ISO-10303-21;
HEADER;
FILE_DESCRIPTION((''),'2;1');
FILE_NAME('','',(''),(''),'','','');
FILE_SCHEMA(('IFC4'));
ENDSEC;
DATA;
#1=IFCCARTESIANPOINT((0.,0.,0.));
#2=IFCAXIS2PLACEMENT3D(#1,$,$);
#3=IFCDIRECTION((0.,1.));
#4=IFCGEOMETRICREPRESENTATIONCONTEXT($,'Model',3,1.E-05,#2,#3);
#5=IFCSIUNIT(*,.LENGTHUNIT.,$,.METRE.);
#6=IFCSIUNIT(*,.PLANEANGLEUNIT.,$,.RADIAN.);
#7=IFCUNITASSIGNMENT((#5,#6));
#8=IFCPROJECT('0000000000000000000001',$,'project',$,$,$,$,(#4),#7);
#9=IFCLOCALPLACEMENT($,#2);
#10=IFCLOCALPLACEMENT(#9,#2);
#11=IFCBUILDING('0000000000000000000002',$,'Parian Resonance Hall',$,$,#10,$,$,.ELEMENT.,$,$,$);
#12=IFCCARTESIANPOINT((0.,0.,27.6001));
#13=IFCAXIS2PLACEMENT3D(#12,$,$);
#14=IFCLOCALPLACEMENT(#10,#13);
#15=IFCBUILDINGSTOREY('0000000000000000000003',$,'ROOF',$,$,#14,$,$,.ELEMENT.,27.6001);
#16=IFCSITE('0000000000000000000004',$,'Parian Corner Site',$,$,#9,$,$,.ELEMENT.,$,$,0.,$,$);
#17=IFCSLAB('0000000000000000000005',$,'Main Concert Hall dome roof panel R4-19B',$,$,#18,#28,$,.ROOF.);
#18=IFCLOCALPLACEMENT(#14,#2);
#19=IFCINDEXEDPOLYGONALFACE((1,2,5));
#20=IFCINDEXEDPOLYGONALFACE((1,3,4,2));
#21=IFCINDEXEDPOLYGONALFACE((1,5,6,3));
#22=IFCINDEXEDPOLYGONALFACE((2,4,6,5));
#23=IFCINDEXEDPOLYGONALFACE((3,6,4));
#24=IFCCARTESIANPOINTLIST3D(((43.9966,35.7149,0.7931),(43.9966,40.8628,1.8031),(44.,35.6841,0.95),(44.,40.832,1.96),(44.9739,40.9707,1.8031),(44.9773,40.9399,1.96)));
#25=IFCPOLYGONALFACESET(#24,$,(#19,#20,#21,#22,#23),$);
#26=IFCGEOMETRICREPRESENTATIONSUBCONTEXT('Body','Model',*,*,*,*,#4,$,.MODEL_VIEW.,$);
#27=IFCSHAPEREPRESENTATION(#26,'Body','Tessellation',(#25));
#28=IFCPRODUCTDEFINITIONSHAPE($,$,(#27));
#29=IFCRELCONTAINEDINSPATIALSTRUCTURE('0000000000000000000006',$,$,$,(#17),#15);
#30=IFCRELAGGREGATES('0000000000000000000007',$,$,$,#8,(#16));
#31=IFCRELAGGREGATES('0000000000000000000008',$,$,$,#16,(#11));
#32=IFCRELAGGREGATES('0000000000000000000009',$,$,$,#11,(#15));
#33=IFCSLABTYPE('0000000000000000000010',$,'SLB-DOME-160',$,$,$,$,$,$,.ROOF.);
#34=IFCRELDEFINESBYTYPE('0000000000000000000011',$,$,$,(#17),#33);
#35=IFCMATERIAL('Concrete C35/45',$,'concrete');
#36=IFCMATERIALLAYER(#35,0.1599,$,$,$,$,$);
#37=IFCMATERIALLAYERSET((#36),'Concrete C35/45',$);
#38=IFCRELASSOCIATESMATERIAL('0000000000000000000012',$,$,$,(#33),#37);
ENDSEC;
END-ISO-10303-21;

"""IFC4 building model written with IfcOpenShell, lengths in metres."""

from ifc_helpers import new_model, si_unit, direction, frame, origin, place, context, subcontext, project, spatial, polyline, outline, extrude, material, layer, layer_set, type_object, element, save


model = new_model("IFC4")

# Units and contexts
model_context = context("Model", 3, precision=1e-05, world=origin(), true_north=direction((0.0, 1.0)))
body_context = subcontext(model_context, "Body", "Model", "MODEL_VIEW")
ifc_project = project(units=[si_unit("LENGTHUNIT", "METRE"), si_unit("PLANEANGLEUNIT", "RADIAN")], contexts=[model_context])

# Site, building, storey
site_placement = place(None, origin())
site = spatial("IfcSite", under=ifc_project, at=site_placement, Name="Parian Corner Site", CompositionType="ELEMENT", RefElevation=0.0)
building_placement = place(site_placement, origin())
building = spatial("IfcBuilding", under=site, at=building_placement, Name="Parian Resonance Hall", CompositionType="ELEMENT")
storey_placement = place(building_placement, frame((0.0, 0.0, 27.6001)))
storey = spatial("IfcBuildingStorey", under=building, at=storey_placement, Name="ROOF", CompositionType="ELEMENT", Elevation=27.6001)

# Slab
ifc_material_1 = material(Name="Concrete C35/45", Category="concrete")
ifc_layer_1 = layer(ifc_material_1, 0.1599)
ifc_layer_set_1 = layer_set([ifc_layer_1], Name="Concrete C35/45")
slab_type = type_object("IfcSlabType", Name="SLB-DOME-160", PredefinedType="ROOF", material=ifc_layer_set_1)
slab_1_placement = place(storey_placement, frame((44.0, 35.6841, 0.95), z_axis=(0.021253, -0.192483, 0.98107), x_axis=(0.179633, 0.966058, 0.185646)))
element("IfcSlab", 1, at=slab_1_placement, inside=storey, type_object=slab_type, Name="Main Concert Hall dome roof panel R4-19B", PredefinedType="ROOF", context=body_context, shape_type="SweptSolid", body=[
    extrude(outline(polyline([(0.0, 0.0), (5.4405, 0.0), (5.1607, 0.9426), (0.0, 0.0)])), origin(), (0.0, 0.0, -1.0), 0.1599),
])

save(model, "model.ifc")
